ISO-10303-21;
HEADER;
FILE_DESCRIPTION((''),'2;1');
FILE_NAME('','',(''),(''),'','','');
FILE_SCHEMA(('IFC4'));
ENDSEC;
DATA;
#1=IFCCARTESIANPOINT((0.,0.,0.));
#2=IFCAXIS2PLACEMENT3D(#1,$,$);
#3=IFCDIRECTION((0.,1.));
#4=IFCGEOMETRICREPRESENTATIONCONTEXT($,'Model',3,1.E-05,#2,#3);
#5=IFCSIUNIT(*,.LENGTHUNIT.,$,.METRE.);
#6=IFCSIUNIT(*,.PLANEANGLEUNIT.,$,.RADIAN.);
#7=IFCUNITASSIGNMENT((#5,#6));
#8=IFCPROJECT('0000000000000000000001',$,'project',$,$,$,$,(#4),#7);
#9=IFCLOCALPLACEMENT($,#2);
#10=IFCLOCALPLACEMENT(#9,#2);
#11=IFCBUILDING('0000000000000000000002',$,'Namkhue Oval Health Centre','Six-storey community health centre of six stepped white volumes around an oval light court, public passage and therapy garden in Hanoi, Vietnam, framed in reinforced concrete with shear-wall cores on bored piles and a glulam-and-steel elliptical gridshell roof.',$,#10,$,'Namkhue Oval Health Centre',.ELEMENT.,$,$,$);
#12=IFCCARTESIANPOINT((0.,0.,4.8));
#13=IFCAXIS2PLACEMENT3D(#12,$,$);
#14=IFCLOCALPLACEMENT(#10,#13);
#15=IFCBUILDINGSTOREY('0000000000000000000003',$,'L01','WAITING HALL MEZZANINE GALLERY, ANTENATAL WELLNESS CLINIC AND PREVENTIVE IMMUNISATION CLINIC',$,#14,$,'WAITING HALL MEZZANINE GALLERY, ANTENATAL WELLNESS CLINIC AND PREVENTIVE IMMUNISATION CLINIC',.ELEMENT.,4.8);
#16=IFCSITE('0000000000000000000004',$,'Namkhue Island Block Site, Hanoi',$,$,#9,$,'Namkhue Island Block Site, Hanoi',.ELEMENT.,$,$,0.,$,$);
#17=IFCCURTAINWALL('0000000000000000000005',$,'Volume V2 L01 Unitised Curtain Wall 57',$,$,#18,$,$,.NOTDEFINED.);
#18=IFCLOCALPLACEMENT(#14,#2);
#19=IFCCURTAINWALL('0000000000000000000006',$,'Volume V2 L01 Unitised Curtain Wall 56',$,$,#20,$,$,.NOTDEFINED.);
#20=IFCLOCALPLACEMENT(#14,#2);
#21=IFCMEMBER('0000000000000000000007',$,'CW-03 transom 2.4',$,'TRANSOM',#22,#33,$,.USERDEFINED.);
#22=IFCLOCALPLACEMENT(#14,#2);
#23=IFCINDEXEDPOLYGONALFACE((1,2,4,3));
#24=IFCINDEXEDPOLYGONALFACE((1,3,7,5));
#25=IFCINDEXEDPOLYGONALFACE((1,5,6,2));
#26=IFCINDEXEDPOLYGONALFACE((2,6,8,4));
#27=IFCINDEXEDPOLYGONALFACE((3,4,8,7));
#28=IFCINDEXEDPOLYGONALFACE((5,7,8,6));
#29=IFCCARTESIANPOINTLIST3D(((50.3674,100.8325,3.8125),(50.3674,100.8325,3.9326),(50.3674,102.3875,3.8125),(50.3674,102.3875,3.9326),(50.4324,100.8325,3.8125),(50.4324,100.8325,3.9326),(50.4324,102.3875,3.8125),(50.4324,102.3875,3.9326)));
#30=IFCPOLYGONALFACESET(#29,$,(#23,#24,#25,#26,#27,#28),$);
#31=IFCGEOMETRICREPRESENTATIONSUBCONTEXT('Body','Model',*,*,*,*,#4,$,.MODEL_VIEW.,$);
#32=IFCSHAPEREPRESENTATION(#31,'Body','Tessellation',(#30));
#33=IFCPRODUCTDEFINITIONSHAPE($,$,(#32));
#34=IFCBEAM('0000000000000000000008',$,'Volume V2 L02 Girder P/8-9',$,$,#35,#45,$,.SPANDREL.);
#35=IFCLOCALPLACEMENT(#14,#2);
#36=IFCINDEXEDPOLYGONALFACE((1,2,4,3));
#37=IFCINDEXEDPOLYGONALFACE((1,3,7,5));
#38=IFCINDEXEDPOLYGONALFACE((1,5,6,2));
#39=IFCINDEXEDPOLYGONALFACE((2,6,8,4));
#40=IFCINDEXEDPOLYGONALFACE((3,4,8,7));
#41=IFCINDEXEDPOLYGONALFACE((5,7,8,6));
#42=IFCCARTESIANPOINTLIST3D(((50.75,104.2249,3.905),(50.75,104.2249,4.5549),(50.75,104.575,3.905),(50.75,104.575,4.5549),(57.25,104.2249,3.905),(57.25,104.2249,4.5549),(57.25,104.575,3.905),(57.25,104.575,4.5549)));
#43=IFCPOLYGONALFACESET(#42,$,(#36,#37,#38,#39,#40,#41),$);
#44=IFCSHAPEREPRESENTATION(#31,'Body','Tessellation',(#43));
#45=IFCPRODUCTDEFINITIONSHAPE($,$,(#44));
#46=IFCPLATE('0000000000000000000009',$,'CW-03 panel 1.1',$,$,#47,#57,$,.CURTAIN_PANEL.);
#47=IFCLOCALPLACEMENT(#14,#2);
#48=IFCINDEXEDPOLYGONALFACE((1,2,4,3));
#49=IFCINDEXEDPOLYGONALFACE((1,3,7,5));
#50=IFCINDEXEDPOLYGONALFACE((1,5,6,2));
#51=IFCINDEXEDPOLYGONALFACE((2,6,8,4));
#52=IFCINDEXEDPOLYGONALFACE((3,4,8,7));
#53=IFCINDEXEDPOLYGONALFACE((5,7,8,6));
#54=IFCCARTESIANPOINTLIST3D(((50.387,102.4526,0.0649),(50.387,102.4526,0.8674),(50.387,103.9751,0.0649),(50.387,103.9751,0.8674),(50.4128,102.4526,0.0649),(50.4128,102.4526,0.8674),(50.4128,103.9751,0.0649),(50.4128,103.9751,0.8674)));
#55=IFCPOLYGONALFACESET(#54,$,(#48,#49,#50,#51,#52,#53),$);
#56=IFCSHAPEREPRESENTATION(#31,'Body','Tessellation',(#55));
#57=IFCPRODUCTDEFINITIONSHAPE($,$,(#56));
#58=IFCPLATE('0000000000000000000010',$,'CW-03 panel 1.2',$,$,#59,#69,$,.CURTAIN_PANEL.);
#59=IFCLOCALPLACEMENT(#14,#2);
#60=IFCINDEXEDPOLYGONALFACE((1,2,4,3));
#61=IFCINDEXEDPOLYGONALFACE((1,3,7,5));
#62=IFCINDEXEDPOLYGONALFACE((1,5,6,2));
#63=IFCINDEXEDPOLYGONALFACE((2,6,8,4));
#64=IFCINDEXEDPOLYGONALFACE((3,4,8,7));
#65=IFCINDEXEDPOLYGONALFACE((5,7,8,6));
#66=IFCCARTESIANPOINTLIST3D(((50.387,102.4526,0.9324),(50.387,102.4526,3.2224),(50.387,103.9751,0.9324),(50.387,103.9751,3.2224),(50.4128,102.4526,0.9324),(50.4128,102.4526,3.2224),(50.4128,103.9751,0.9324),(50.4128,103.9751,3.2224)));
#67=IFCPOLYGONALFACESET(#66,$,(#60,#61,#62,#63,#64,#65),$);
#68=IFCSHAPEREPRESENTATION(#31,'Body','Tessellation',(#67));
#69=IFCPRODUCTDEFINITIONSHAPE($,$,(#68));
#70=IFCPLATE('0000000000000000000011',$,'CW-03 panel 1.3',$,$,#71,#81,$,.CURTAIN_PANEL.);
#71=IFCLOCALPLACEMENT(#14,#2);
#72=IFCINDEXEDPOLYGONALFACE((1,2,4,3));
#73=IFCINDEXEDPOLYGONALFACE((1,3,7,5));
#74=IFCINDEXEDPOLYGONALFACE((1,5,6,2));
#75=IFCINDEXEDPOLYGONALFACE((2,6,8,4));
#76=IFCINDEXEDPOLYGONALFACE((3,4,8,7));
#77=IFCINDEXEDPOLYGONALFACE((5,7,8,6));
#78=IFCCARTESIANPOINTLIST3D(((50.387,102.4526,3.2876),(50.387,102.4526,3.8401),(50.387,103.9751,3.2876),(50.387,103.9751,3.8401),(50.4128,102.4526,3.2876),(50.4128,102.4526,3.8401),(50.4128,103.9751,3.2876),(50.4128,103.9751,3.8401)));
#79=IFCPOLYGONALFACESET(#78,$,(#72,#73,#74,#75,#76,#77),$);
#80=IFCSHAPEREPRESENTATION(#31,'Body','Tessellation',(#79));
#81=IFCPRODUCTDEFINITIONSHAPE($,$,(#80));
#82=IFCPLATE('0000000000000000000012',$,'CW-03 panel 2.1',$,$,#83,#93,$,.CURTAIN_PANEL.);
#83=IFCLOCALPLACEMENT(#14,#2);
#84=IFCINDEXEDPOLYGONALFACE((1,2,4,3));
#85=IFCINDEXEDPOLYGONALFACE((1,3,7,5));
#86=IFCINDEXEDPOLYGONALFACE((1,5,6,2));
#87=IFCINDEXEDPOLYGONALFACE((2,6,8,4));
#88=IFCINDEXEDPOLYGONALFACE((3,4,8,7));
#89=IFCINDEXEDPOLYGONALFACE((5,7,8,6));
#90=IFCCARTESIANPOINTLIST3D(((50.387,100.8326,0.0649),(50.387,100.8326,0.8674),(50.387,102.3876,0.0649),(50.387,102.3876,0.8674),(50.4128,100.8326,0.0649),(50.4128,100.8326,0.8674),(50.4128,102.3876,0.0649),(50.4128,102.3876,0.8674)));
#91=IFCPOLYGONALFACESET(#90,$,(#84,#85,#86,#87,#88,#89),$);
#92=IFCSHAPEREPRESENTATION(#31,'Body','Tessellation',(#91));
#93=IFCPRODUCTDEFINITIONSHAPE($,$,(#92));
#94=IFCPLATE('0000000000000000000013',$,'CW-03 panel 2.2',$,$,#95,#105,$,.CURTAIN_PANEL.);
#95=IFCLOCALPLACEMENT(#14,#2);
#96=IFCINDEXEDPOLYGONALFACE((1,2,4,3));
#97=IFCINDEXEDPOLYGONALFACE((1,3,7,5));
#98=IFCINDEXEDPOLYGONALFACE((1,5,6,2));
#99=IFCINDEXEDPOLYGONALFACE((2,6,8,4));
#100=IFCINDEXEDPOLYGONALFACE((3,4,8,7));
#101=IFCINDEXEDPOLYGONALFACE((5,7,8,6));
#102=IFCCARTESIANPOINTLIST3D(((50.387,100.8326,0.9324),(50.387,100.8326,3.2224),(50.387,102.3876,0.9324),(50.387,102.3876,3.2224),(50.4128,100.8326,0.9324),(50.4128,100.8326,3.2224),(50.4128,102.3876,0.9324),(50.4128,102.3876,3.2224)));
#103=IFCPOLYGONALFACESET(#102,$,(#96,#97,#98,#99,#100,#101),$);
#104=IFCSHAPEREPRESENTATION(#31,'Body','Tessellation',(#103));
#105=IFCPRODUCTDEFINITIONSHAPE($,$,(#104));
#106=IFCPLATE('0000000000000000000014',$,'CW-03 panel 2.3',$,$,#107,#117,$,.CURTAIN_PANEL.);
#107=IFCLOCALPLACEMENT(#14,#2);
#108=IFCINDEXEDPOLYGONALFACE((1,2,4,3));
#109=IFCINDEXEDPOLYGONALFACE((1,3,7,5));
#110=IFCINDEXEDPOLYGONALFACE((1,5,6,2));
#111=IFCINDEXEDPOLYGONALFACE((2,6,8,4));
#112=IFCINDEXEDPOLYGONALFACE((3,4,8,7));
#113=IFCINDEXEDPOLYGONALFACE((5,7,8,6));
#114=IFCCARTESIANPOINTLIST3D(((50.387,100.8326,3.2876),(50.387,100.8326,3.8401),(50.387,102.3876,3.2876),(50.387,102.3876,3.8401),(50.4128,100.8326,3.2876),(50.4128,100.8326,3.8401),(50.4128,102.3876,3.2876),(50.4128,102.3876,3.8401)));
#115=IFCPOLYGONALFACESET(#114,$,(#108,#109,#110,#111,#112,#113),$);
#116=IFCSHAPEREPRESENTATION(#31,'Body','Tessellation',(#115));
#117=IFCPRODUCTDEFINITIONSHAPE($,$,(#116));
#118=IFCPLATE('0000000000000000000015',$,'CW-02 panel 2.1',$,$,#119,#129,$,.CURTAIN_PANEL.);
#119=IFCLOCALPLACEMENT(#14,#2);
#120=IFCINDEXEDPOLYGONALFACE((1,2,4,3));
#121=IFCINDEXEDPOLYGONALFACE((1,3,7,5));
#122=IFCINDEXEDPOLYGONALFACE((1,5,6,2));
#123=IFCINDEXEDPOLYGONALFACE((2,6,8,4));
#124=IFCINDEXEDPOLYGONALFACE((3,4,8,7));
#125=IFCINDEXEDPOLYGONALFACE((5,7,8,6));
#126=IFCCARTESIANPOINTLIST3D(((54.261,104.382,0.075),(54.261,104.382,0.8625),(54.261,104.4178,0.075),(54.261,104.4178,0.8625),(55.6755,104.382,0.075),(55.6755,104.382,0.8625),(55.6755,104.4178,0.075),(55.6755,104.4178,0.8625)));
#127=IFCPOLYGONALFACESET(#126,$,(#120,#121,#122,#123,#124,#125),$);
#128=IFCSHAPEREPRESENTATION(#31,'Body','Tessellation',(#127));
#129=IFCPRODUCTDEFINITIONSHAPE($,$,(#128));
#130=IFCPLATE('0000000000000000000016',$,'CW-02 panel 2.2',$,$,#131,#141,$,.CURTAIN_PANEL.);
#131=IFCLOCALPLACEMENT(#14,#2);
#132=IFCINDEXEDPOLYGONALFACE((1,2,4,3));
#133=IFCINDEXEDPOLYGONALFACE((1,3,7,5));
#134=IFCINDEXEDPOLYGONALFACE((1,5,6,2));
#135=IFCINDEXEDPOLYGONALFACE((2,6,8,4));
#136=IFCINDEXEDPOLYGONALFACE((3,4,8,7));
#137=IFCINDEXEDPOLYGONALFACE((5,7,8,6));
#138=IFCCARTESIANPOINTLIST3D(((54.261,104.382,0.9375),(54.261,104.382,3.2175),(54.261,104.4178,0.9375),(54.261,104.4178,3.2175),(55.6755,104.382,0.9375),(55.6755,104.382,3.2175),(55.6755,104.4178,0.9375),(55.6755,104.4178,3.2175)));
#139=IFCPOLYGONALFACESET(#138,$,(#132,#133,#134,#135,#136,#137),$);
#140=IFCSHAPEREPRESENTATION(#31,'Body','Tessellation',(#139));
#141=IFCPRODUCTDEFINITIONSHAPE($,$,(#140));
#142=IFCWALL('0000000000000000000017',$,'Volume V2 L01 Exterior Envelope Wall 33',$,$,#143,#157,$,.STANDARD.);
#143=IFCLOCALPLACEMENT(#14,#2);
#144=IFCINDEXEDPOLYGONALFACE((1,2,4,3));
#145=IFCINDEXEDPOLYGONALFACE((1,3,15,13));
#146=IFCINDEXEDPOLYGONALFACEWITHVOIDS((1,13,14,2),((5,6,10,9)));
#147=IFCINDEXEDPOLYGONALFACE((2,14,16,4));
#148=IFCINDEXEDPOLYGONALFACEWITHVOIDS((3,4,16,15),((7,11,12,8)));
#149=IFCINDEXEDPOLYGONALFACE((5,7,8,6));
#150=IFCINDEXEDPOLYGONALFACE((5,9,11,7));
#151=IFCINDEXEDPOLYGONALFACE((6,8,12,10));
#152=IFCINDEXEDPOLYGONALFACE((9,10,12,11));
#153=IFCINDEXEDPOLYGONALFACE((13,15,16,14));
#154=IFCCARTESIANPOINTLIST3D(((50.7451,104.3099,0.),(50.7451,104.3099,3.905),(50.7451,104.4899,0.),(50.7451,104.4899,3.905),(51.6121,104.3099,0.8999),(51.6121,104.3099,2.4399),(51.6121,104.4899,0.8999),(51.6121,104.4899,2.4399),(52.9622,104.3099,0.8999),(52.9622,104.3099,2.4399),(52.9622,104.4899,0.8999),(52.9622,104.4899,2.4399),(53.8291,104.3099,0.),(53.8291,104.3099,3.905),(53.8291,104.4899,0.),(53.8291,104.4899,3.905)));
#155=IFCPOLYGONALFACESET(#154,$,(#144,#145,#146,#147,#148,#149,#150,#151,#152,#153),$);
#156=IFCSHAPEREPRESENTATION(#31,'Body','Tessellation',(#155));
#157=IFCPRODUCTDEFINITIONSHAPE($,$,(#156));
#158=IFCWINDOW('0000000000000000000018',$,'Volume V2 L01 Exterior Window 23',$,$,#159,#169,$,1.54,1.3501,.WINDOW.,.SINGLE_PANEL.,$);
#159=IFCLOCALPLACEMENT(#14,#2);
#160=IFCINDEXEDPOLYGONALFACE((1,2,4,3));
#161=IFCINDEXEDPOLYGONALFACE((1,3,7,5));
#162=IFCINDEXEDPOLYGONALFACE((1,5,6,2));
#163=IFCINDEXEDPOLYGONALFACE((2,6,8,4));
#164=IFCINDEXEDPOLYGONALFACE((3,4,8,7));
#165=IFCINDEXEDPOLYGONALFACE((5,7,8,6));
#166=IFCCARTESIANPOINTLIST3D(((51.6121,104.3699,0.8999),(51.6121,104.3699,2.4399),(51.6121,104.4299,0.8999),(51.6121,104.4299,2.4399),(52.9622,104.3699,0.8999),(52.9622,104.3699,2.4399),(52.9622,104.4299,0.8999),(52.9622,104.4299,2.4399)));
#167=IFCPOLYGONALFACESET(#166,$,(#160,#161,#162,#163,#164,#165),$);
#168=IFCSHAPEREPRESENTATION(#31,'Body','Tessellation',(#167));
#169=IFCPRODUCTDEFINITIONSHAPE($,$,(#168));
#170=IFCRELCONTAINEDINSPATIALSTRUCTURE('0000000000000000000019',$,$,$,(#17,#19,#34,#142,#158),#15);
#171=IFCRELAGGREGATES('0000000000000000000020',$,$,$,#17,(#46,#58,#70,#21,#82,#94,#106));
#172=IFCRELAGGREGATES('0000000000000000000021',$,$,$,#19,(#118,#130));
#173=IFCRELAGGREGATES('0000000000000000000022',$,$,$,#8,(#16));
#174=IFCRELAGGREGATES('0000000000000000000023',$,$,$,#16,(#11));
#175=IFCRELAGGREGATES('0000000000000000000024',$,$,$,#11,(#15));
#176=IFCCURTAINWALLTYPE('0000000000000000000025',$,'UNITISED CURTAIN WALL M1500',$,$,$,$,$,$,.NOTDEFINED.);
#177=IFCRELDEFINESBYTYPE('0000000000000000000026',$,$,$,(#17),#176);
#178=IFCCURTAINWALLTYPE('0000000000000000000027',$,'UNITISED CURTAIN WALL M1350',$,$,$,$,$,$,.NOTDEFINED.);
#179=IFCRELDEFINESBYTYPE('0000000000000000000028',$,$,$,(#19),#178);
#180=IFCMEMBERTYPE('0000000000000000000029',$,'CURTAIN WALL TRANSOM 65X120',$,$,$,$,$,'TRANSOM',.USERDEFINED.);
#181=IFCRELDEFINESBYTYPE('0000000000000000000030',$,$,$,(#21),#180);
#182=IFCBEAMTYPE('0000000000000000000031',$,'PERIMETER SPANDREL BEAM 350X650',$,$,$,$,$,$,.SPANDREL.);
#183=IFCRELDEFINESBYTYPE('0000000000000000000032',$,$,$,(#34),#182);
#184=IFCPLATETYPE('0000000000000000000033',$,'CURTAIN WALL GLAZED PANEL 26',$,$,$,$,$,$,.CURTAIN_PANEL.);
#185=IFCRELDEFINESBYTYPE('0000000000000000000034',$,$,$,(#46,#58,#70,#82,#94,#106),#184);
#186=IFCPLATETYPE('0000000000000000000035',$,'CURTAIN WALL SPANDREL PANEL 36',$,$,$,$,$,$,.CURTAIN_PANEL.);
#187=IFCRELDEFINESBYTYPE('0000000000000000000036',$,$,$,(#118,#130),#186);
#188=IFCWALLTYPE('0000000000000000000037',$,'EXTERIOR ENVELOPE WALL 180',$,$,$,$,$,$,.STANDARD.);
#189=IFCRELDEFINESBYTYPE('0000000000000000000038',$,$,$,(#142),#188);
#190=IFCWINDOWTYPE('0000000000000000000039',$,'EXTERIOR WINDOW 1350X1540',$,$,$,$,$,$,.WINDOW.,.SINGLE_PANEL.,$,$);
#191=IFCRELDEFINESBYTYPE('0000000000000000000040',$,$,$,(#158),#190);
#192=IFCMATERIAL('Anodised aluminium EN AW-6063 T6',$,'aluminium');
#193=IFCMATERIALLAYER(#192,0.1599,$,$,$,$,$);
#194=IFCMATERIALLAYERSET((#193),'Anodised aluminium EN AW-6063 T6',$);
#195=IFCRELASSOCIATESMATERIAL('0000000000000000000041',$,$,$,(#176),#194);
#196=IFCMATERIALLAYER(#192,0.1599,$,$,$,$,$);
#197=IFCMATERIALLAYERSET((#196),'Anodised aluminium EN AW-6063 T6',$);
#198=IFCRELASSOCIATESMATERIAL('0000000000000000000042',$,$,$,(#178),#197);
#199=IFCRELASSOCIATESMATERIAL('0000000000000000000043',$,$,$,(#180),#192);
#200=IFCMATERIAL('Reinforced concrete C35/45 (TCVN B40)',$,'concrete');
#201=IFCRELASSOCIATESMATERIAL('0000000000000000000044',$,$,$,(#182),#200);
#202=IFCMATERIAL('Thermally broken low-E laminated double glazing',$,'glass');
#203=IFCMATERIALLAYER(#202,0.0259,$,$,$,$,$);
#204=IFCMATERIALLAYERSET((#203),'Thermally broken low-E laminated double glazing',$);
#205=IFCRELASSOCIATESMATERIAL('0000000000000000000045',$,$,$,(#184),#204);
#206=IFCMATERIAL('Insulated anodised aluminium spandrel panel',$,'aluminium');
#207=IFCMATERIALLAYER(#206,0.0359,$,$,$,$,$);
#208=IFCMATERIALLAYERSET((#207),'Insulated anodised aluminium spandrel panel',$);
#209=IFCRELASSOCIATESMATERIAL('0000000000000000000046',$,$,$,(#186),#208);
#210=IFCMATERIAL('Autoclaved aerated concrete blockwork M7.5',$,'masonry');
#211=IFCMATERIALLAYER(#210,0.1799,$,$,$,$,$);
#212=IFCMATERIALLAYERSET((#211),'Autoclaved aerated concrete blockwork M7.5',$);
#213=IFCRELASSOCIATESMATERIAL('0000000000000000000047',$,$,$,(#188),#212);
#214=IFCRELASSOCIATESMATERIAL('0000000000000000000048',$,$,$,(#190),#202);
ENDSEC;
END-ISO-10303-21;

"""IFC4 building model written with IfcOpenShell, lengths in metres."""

from ifc_helpers import new_model, si_unit, direction, frame, frame_2d, origin, origin_2d, place, context, subcontext, project, spatial, rectangle, extrude, material, layer, layer_set, material_profile, profile_set, type_object, element, fill, aggregate, save


model = new_model("IFC4")

# Units and contexts
model_context = context("Model", 3, precision=1e-05, world=origin(), true_north=direction((0.0, 1.0)))
body_context = subcontext(model_context, "Body", "Model", "MODEL_VIEW")
ifc_project = project(units=[si_unit("LENGTHUNIT", "METRE"), si_unit("PLANEANGLEUNIT", "RADIAN")], contexts=[model_context])

# Site, building, storey
site_placement = place(None, origin())
site = spatial("IfcSite", under=ifc_project, at=site_placement, Name="Namkhue Island Block Site, Hanoi", LongName="Namkhue Island Block Site, Hanoi", CompositionType="ELEMENT", RefElevation=0.0)
building_placement = place(site_placement, origin())
building = spatial("IfcBuilding", under=site, at=building_placement, Name="Namkhue Oval Health Centre", Description="Six-storey community health centre of six stepped white volumes around an oval light court, public passage and therapy garden in Hanoi, Vietnam, framed in reinforced concrete with shear-wall cores on bored piles and a glulam-and-steel elliptical gridshell roof.", LongName="Namkhue Oval Health Centre", CompositionType="ELEMENT")
storey_placement = place(building_placement, frame((0.0, 0.0, 4.8)))
storey = spatial("IfcBuildingStorey", under=building, at=storey_placement, Name="L01", Description="WAITING HALL MEZZANINE GALLERY, ANTENATAL WELLNESS CLINIC AND PREVENTIVE IMMUNISATION CLINIC", LongName="WAITING HALL MEZZANINE GALLERY, ANTENATAL WELLNESS CLINIC AND PREVENTIVE IMMUNISATION CLINIC", CompositionType="ELEMENT", Elevation=4.8)

# Shared definitions
ifc_material_1 = material(Name="Reinforced concrete C35/45 (TCVN B40)", Category="concrete")

# Curtain wall
ifc_material_2 = material(Name="Anodised aluminium EN AW-6063 T6", Category="aluminium")
ifc_layer_1 = layer(ifc_material_2, 0.1599)
ifc_layer_set_1 = layer_set([ifc_layer_1], Name="Anodised aluminium EN AW-6063 T6")
curtain_wall_type_1 = type_object("IfcCurtainWallType", Name="UNITISED CURTAIN WALL M1500", PredefinedType="NOTDEFINED", material=ifc_layer_set_1)
curtain_wall_1_placement = place(storey_placement, origin())
curtain_wall_1 = element("IfcCurtainWall", 1, at=curtain_wall_1_placement, inside=storey, type_object=curtain_wall_type_1, Name="Volume V2 L01 Unitised Curtain Wall 57", PredefinedType="NOTDEFINED")

# Curtain wall
ifc_layer_2 = layer(ifc_material_2, 0.1599)
ifc_layer_set_2 = layer_set([ifc_layer_2], Name="Anodised aluminium EN AW-6063 T6")
curtain_wall_type_2 = type_object("IfcCurtainWallType", Name="UNITISED CURTAIN WALL M1350", PredefinedType="NOTDEFINED", material=ifc_layer_set_2)
curtain_wall_2_placement = place(storey_placement, origin())
curtain_wall_2 = element("IfcCurtainWall", 2, at=curtain_wall_2_placement, inside=storey, type_object=curtain_wall_type_2, Name="Volume V2 L01 Unitised Curtain Wall 56", PredefinedType="NOTDEFINED")

# Member
ifc_material_profile_1 = material_profile(ifc_material_2, rectangle(XDim=0.0649, YDim=0.1201, at=origin_2d()), Name="ALU 65x120")
ifc_profile_set_1 = profile_set([ifc_material_profile_1], Name="Anodised aluminium EN AW-6063 T6")
member_type_1 = type_object("IfcMemberType", Name="CURTAIN WALL TRANSOM 65X120", ElementType="TRANSOM", PredefinedType="USERDEFINED", material=ifc_profile_set_1)
member_1_placement = place(storey_placement, frame((50.3999, 102.3875, 3.8726), z_axis=(0.0, -1.0, 0.0), x_axis=(1.0, 0.0, 0.0)))
member_1 = element("IfcMember", 3, at=member_1_placement, type_object=member_type_1, Name="CW-03 transom 2.4", ObjectType="TRANSOM", PredefinedType="USERDEFINED", context=body_context, shape_type="SweptSolid", body=[
    extrude(rectangle(XDim=0.0649, YDim=0.1201, at=origin_2d()), origin(), (0.0, 0.0, 1.0), 1.5549),
])

# Beam
ifc_material_profile_2 = material_profile(ifc_material_1, rectangle(XDim=0.3501, YDim=0.6499, at=origin_2d()), Name="RC 350x650")
ifc_profile_set_2 = profile_set([ifc_material_profile_2], Name="Reinforced concrete C35/45 (TCVN B40)")
beam_type = type_object("IfcBeamType", Name="PERIMETER SPANDREL BEAM 350X650", PredefinedType="SPANDREL", material=ifc_profile_set_2)
beam_placement = place(storey_placement, frame((50.75, 104.3999, 4.23), z_axis=(1.0, 0.0, 0.0), x_axis=(0.0, 1.0, 0.0)))
element("IfcBeam", 4, at=beam_placement, inside=storey, type_object=beam_type, Name="Volume V2 L02 Girder P/8-9", PredefinedType="SPANDREL", context=body_context, shape_type="SweptSolid", body=[
    extrude(rectangle(XDim=0.3501, YDim=0.6499, at=origin_2d()), origin(), (0.0, 0.0, 1.0), 6.5),
])

# Plates
ifc_material_3 = material(Name="Thermally broken low-E laminated double glazing", Category="glass")
ifc_layer_3 = layer(ifc_material_3, 0.0259)
ifc_layer_set_3 = layer_set([ifc_layer_3], Name="Thermally broken low-E laminated double glazing")
plate_type_1 = type_object("IfcPlateType", Name="CURTAIN WALL GLAZED PANEL 26", PredefinedType="CURTAIN_PANEL", material=ifc_layer_set_3)
plate_1_placement = place(storey_placement, frame((50.3999, 103.2139, 0.0649), z_axis=(0.0, 0.0, 1.0), x_axis=(0.0, -1.0, 0.0)))
plate_1 = element("IfcPlate", 5, at=plate_1_placement, type_object=plate_type_1, Name="CW-03 panel 1.1", PredefinedType="CURTAIN_PANEL", context=body_context, shape_type="SweptSolid", body=[
    extrude(rectangle(XDim=1.5225, YDim=0.0259, at=origin_2d()), origin(), (0.0, 0.0, 1.0), 0.8025),
])
plate_2_placement = place(storey_placement, frame((50.3999, 103.2139, 0.9324), z_axis=(0.0, 0.0, 1.0), x_axis=(0.0, -1.0, 0.0)))
plate_2 = element("IfcPlate", 6, at=plate_2_placement, type_object=plate_type_1, Name="CW-03 panel 1.2", PredefinedType="CURTAIN_PANEL", context=body_context, shape_type="SweptSolid", body=[
    extrude(rectangle(XDim=1.5225, YDim=0.0259, at=origin_2d()), origin(), (0.0, 0.0, 1.0), 2.29),
])
plate_3_placement = place(storey_placement, frame((50.3999, 103.2139, 3.2876), z_axis=(0.0, 0.0, 1.0), x_axis=(0.0, -1.0, 0.0)))
plate_3 = element("IfcPlate", 7, at=plate_3_placement, type_object=plate_type_1, Name="CW-03 panel 1.3", PredefinedType="CURTAIN_PANEL", context=body_context, shape_type="SweptSolid", body=[
    extrude(rectangle(XDim=1.5225, YDim=0.0259, at=origin_2d()), origin(), (0.0, 0.0, 1.0), 0.5525),
])
plate_4_placement = place(storey_placement, frame((50.3999, 101.6101, 0.0649), z_axis=(0.0, 0.0, 1.0), x_axis=(0.0, -1.0, 0.0)))
plate_4 = element("IfcPlate", 8, at=plate_4_placement, type_object=plate_type_1, Name="CW-03 panel 2.1", PredefinedType="CURTAIN_PANEL", context=body_context, shape_type="SweptSolid", body=[
    extrude(rectangle(XDim=1.5549, YDim=0.0259, at=origin_2d()), origin(), (0.0, 0.0, 1.0), 0.8025),
])
plate_5_placement = place(storey_placement, frame((50.3999, 101.6101, 0.9324), z_axis=(0.0, 0.0, 1.0), x_axis=(0.0, -1.0, 0.0)))
plate_5 = element("IfcPlate", 9, at=plate_5_placement, type_object=plate_type_1, Name="CW-03 panel 2.2", PredefinedType="CURTAIN_PANEL", context=body_context, shape_type="SweptSolid", body=[
    extrude(rectangle(XDim=1.5549, YDim=0.0259, at=origin_2d()), origin(), (0.0, 0.0, 1.0), 2.29),
])
plate_6_placement = place(storey_placement, frame((50.3999, 101.6101, 3.2876), z_axis=(0.0, 0.0, 1.0), x_axis=(0.0, -1.0, 0.0)))
plate_6 = element("IfcPlate", 10, at=plate_6_placement, type_object=plate_type_1, Name="CW-03 panel 2.3", PredefinedType="CURTAIN_PANEL", context=body_context, shape_type="SweptSolid", body=[
    extrude(rectangle(XDim=1.5549, YDim=0.0259, at=origin_2d()), origin(), (0.0, 0.0, 1.0), 0.5525),
])
aggregate(curtain_wall_1, [plate_1, plate_2, plate_3, member_1, plate_4, plate_5, plate_6])
ifc_material_4 = material(Name="Insulated anodised aluminium spandrel panel", Category="aluminium")
ifc_layer_4 = layer(ifc_material_4, 0.0359)
ifc_layer_set_4 = layer_set([ifc_layer_4], Name="Insulated anodised aluminium spandrel panel")
plate_type_2 = type_object("IfcPlateType", Name="CURTAIN WALL SPANDREL PANEL 36", PredefinedType="CURTAIN_PANEL", material=ifc_layer_set_4)
plate_7_placement = place(storey_placement, frame((54.9683, 104.3999, 0.075), z_axis=(0.0, 0.0, 1.0), x_axis=(-1.0, 0.0, 0.0)))
plate_7 = element("IfcPlate", 11, at=plate_7_placement, type_object=plate_type_2, Name="CW-02 panel 2.1", PredefinedType="CURTAIN_PANEL", context=body_context, shape_type="SweptSolid", body=[
    extrude(rectangle(XDim=1.4146, YDim=0.0359, at=origin_2d()), origin(), (0.0, 0.0, 1.0), 0.7876),
])
plate_8_placement = place(storey_placement, frame((54.9683, 104.3999, 0.9375), z_axis=(0.0, 0.0, 1.0), x_axis=(-1.0, 0.0, 0.0)))
plate_8 = element("IfcPlate", 12, at=plate_8_placement, type_object=plate_type_2, Name="CW-02 panel 2.2", PredefinedType="CURTAIN_PANEL", context=body_context, shape_type="SweptSolid", body=[
    extrude(rectangle(XDim=1.4146, YDim=0.0359, at=origin_2d()), origin(), (0.0, 0.0, 1.0), 2.28),
])
aggregate(curtain_wall_2, [plate_7, plate_8])

# Wall, opening, window
ifc_material_5 = material(Name="Autoclaved aerated concrete blockwork M7.5", Category="masonry")
ifc_layer_5 = layer(ifc_material_5, 0.1799)
ifc_layer_set_5 = layer_set([ifc_layer_5], Name="Autoclaved aerated concrete blockwork M7.5")
wall_type = type_object("IfcWallType", Name="EXTERIOR ENVELOPE WALL 180", PredefinedType="STANDARD", material=ifc_layer_set_5)
wall_placement = place(storey_placement, frame((53.8291, 104.3999, 0.0), z_axis=(0.0, 0.0, 1.0), x_axis=(-1.0, 0.0, 0.0)))
wall = element("IfcWall", 13, at=wall_placement, inside=storey, type_object=wall_type, Name="Volume V2 L01 Exterior Envelope Wall 33", PredefinedType="STANDARD", context=body_context, shape_type="SweptSolid", body=[
    extrude(rectangle(XDim=3.084, YDim=0.1799, at=frame_2d((1.542, 0.0))), origin(), (0.0, 0.0, 1.0), 3.905),
])
opening_placement = place(wall_placement, frame((0.8669, 0.0, 0.8999)))
opening = element("IfcOpeningElement", 14, at=opening_placement, cuts=wall, PredefinedType="OPENING", context=body_context, shape_type="SweptSolid", body=[
    extrude(rectangle(XDim=1.3501, YDim=1.54, at=frame_2d((0.675, 0.77))), frame((0.0, 0.0999, 0.0), z_axis=(0.0, -1.0, 0.0), x_axis=(1.0, 0.0, 0.0)), (0.0, 0.0, 1.0), 0.2),
])
window_type = type_object("IfcWindowType", Name="EXTERIOR WINDOW 1350X1540", PartitioningType="SINGLE_PANEL", PredefinedType="WINDOW", material=ifc_material_3)
window_placement = place(opening_placement, origin())
window = element("IfcWindow", 15, at=window_placement, inside=storey, type_object=window_type, Name="Volume V2 L01 Exterior Window 23", OverallHeight=1.54, OverallWidth=1.3501, PartitioningType="SINGLE_PANEL", PredefinedType="WINDOW", context=body_context, shape_type="SweptSolid", body=[
    extrude(rectangle(XDim=1.3501, YDim=1.54, at=frame_2d((0.675, 0.77))), frame((0.0, 0.03, 0.0), z_axis=(0.0, -1.0, 0.0), x_axis=(1.0, 0.0, 0.0)), (0.0, 0.0, 1.0), 0.0601),
])
fill(opening, window)

save(model, "model.ifc")
